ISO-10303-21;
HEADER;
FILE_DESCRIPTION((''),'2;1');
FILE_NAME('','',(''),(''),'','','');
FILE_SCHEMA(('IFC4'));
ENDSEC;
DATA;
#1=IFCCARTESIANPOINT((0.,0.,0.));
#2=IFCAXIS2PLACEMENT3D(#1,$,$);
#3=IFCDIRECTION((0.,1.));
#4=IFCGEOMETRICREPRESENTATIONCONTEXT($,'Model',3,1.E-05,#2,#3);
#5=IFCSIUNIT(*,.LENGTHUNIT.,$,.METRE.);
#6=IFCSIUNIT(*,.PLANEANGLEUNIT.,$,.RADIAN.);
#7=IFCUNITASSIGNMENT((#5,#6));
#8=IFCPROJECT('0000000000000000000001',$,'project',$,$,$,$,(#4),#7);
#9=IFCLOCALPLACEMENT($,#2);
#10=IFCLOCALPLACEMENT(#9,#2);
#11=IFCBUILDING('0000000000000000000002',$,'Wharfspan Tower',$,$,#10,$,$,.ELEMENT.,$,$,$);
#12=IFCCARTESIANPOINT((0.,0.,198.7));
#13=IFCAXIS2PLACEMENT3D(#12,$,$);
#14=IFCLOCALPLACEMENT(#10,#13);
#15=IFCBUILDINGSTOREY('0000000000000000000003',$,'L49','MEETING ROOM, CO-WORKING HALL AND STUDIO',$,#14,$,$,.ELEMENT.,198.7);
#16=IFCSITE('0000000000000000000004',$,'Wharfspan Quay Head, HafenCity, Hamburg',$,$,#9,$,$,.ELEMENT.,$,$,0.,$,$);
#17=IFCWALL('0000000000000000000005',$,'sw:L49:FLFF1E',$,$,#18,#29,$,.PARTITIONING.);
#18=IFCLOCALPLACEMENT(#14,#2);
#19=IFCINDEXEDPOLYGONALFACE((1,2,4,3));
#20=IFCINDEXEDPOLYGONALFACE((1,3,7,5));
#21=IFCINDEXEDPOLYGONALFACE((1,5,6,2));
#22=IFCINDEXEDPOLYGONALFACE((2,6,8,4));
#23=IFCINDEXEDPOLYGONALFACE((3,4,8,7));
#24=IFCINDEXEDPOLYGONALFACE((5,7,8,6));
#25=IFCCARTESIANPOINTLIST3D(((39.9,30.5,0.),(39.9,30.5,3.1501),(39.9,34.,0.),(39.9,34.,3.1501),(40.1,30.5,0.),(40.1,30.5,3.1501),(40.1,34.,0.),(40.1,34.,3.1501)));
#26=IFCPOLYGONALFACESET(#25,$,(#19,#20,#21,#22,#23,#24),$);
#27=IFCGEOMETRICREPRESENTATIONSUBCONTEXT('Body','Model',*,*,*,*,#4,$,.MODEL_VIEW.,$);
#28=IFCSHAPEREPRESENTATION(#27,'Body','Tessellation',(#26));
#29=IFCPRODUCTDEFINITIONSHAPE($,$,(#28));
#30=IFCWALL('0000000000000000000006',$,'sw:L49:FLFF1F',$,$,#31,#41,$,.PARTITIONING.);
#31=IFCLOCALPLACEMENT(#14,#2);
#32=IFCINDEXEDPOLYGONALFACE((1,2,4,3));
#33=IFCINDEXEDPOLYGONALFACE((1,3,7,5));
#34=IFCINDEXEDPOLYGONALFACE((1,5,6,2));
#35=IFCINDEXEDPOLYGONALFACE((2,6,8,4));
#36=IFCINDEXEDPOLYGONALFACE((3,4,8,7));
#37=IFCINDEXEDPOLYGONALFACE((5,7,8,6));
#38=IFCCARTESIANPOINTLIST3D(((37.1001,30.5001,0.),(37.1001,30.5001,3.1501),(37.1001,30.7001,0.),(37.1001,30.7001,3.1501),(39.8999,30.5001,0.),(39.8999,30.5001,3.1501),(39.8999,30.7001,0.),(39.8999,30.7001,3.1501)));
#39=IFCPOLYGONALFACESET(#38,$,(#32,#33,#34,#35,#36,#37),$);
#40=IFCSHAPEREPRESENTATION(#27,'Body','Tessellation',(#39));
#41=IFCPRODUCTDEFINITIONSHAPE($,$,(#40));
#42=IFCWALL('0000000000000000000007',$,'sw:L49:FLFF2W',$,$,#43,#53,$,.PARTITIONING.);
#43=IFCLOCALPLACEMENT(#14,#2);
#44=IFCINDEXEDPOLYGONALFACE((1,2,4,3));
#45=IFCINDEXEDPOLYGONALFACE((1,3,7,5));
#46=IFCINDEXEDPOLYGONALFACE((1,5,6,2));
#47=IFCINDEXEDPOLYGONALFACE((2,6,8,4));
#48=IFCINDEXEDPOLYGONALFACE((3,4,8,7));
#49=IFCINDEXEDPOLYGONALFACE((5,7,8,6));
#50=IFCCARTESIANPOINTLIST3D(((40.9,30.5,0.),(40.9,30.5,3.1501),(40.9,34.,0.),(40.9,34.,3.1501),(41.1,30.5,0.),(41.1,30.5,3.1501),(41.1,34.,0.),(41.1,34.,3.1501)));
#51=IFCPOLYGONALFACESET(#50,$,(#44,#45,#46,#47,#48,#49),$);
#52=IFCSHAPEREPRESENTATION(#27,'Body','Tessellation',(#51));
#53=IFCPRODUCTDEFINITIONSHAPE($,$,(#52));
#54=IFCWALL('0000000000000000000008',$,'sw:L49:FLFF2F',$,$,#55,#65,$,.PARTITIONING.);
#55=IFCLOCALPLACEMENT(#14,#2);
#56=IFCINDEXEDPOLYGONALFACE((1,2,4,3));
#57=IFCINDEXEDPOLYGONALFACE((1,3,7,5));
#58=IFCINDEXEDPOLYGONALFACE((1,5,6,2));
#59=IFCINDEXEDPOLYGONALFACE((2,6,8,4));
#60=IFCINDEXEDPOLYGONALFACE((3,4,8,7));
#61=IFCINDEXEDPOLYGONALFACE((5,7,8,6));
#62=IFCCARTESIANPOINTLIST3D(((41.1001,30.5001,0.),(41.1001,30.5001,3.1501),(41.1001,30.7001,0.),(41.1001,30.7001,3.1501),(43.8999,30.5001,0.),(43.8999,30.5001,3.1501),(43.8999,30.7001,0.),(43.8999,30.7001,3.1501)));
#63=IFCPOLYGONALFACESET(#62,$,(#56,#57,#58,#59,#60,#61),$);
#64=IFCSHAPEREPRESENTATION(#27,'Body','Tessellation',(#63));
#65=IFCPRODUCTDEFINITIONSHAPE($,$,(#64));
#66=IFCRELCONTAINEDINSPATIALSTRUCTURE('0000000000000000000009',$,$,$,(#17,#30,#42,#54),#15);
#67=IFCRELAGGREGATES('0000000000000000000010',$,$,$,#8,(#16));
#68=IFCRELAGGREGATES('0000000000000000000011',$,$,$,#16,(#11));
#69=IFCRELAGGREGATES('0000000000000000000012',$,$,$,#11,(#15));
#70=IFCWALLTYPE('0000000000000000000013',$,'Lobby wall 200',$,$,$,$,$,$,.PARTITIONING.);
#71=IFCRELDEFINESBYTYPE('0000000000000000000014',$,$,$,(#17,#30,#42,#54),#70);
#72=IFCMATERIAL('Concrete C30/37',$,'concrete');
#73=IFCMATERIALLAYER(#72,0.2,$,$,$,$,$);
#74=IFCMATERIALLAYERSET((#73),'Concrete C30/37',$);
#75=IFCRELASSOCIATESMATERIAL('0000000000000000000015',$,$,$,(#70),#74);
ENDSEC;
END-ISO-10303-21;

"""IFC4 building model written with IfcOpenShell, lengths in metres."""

from ifc_helpers import new_model, si_unit, direction, frame, frame_2d, origin, place, context, subcontext, project, spatial, rectangle, extrude, material, layer, layer_set, type_object, element, save


model = new_model("IFC4")

# Units and contexts
model_context = context("Model", 3, precision=1e-05, world=origin(), true_north=direction((0.0, 1.0)))
body_context = subcontext(model_context, "Body", "Model", "MODEL_VIEW")
ifc_project = project(units=[si_unit("LENGTHUNIT", "METRE"), si_unit("PLANEANGLEUNIT", "RADIAN")], contexts=[model_context])

# Site, building, storey
site_placement = place(None, origin())
site = spatial("IfcSite", under=ifc_project, at=site_placement, Name="Wharfspan Quay Head, HafenCity, Hamburg", CompositionType="ELEMENT", RefElevation=0.0)
building_placement = place(site_placement, origin())
building = spatial("IfcBuilding", under=site, at=building_placement, Name="Wharfspan Tower", CompositionType="ELEMENT")
storey_placement = place(building_placement, frame((0.0, 0.0, 198.7)))
storey = spatial("IfcBuildingStorey", under=building, at=storey_placement, Name="L49", Description="MEETING ROOM, CO-WORKING HALL AND STUDIO", CompositionType="ELEMENT", Elevation=198.7)

# Shared definitions
ifc_material_1 = material(Name="Concrete C30/37", Category="concrete")
ifc_layer_1 = layer(ifc_material_1, 0.2)
ifc_layer_set_1 = layer_set([ifc_layer_1], Name="Concrete C30/37")
wall_type_1 = type_object("IfcWallType", Name="Lobby wall 200", PredefinedType="PARTITIONING", material=ifc_layer_set_1)

# Walls
wall_1_placement = place(storey_placement, frame((40.0, 30.5, 0.0), z_axis=(0.0, 0.0, 1.0), x_axis=(0.0, 1.0, 0.0)))
element("IfcWall", 1, at=wall_1_placement, inside=storey, type_object=wall_type_1, Name="sw:L49:FLFF1E", PredefinedType="PARTITIONING", context=body_context, shape_type="SweptSolid", body=[
    extrude(rectangle(XDim=3.5, YDim=0.2, at=frame_2d((1.75, 0.0))), origin(), (0.0, 0.0, 1.0), 3.1501),
])
wall_2_placement = place(storey_placement, frame((37.1001, 30.6001, 0.0), z_axis=(0.0, 0.0, 1.0), x_axis=(1.0, 0.0, 0.0)))
element("IfcWall", 2, at=wall_2_placement, inside=storey, type_object=wall_type_1, Name="sw:L49:FLFF1F", PredefinedType="PARTITIONING", context=body_context, shape_type="SweptSolid", body=[
    extrude(rectangle(XDim=2.7998, YDim=0.2, at=frame_2d((1.3999, 0.0))), origin(), (0.0, 0.0, 1.0), 3.1501),
])
wall_3_placement = place(storey_placement, frame((41.0, 30.5, 0.0), z_axis=(0.0, 0.0, 1.0), x_axis=(0.0, 1.0, 0.0)))
element("IfcWall", 3, at=wall_3_placement, inside=storey, type_object=wall_type_1, Name="sw:L49:FLFF2W", PredefinedType="PARTITIONING", context=body_context, shape_type="SweptSolid", body=[
    extrude(rectangle(XDim=3.5, YDim=0.2, at=frame_2d((1.75, 0.0))), origin(), (0.0, 0.0, 1.0), 3.1501),
])
wall_4_placement = place(storey_placement, frame((41.1001, 30.6001, 0.0), z_axis=(0.0, 0.0, 1.0), x_axis=(1.0, 0.0, 0.0)))
element("IfcWall", 4, at=wall_4_placement, inside=storey, type_object=wall_type_1, Name="sw:L49:FLFF2F", PredefinedType="PARTITIONING", context=body_context, shape_type="SweptSolid", body=[
    extrude(rectangle(XDim=2.7998, YDim=0.2, at=frame_2d((1.3999, 0.0))), origin(), (0.0, 0.0, 1.0), 3.1501),
])

save(model, "model.ifc")
